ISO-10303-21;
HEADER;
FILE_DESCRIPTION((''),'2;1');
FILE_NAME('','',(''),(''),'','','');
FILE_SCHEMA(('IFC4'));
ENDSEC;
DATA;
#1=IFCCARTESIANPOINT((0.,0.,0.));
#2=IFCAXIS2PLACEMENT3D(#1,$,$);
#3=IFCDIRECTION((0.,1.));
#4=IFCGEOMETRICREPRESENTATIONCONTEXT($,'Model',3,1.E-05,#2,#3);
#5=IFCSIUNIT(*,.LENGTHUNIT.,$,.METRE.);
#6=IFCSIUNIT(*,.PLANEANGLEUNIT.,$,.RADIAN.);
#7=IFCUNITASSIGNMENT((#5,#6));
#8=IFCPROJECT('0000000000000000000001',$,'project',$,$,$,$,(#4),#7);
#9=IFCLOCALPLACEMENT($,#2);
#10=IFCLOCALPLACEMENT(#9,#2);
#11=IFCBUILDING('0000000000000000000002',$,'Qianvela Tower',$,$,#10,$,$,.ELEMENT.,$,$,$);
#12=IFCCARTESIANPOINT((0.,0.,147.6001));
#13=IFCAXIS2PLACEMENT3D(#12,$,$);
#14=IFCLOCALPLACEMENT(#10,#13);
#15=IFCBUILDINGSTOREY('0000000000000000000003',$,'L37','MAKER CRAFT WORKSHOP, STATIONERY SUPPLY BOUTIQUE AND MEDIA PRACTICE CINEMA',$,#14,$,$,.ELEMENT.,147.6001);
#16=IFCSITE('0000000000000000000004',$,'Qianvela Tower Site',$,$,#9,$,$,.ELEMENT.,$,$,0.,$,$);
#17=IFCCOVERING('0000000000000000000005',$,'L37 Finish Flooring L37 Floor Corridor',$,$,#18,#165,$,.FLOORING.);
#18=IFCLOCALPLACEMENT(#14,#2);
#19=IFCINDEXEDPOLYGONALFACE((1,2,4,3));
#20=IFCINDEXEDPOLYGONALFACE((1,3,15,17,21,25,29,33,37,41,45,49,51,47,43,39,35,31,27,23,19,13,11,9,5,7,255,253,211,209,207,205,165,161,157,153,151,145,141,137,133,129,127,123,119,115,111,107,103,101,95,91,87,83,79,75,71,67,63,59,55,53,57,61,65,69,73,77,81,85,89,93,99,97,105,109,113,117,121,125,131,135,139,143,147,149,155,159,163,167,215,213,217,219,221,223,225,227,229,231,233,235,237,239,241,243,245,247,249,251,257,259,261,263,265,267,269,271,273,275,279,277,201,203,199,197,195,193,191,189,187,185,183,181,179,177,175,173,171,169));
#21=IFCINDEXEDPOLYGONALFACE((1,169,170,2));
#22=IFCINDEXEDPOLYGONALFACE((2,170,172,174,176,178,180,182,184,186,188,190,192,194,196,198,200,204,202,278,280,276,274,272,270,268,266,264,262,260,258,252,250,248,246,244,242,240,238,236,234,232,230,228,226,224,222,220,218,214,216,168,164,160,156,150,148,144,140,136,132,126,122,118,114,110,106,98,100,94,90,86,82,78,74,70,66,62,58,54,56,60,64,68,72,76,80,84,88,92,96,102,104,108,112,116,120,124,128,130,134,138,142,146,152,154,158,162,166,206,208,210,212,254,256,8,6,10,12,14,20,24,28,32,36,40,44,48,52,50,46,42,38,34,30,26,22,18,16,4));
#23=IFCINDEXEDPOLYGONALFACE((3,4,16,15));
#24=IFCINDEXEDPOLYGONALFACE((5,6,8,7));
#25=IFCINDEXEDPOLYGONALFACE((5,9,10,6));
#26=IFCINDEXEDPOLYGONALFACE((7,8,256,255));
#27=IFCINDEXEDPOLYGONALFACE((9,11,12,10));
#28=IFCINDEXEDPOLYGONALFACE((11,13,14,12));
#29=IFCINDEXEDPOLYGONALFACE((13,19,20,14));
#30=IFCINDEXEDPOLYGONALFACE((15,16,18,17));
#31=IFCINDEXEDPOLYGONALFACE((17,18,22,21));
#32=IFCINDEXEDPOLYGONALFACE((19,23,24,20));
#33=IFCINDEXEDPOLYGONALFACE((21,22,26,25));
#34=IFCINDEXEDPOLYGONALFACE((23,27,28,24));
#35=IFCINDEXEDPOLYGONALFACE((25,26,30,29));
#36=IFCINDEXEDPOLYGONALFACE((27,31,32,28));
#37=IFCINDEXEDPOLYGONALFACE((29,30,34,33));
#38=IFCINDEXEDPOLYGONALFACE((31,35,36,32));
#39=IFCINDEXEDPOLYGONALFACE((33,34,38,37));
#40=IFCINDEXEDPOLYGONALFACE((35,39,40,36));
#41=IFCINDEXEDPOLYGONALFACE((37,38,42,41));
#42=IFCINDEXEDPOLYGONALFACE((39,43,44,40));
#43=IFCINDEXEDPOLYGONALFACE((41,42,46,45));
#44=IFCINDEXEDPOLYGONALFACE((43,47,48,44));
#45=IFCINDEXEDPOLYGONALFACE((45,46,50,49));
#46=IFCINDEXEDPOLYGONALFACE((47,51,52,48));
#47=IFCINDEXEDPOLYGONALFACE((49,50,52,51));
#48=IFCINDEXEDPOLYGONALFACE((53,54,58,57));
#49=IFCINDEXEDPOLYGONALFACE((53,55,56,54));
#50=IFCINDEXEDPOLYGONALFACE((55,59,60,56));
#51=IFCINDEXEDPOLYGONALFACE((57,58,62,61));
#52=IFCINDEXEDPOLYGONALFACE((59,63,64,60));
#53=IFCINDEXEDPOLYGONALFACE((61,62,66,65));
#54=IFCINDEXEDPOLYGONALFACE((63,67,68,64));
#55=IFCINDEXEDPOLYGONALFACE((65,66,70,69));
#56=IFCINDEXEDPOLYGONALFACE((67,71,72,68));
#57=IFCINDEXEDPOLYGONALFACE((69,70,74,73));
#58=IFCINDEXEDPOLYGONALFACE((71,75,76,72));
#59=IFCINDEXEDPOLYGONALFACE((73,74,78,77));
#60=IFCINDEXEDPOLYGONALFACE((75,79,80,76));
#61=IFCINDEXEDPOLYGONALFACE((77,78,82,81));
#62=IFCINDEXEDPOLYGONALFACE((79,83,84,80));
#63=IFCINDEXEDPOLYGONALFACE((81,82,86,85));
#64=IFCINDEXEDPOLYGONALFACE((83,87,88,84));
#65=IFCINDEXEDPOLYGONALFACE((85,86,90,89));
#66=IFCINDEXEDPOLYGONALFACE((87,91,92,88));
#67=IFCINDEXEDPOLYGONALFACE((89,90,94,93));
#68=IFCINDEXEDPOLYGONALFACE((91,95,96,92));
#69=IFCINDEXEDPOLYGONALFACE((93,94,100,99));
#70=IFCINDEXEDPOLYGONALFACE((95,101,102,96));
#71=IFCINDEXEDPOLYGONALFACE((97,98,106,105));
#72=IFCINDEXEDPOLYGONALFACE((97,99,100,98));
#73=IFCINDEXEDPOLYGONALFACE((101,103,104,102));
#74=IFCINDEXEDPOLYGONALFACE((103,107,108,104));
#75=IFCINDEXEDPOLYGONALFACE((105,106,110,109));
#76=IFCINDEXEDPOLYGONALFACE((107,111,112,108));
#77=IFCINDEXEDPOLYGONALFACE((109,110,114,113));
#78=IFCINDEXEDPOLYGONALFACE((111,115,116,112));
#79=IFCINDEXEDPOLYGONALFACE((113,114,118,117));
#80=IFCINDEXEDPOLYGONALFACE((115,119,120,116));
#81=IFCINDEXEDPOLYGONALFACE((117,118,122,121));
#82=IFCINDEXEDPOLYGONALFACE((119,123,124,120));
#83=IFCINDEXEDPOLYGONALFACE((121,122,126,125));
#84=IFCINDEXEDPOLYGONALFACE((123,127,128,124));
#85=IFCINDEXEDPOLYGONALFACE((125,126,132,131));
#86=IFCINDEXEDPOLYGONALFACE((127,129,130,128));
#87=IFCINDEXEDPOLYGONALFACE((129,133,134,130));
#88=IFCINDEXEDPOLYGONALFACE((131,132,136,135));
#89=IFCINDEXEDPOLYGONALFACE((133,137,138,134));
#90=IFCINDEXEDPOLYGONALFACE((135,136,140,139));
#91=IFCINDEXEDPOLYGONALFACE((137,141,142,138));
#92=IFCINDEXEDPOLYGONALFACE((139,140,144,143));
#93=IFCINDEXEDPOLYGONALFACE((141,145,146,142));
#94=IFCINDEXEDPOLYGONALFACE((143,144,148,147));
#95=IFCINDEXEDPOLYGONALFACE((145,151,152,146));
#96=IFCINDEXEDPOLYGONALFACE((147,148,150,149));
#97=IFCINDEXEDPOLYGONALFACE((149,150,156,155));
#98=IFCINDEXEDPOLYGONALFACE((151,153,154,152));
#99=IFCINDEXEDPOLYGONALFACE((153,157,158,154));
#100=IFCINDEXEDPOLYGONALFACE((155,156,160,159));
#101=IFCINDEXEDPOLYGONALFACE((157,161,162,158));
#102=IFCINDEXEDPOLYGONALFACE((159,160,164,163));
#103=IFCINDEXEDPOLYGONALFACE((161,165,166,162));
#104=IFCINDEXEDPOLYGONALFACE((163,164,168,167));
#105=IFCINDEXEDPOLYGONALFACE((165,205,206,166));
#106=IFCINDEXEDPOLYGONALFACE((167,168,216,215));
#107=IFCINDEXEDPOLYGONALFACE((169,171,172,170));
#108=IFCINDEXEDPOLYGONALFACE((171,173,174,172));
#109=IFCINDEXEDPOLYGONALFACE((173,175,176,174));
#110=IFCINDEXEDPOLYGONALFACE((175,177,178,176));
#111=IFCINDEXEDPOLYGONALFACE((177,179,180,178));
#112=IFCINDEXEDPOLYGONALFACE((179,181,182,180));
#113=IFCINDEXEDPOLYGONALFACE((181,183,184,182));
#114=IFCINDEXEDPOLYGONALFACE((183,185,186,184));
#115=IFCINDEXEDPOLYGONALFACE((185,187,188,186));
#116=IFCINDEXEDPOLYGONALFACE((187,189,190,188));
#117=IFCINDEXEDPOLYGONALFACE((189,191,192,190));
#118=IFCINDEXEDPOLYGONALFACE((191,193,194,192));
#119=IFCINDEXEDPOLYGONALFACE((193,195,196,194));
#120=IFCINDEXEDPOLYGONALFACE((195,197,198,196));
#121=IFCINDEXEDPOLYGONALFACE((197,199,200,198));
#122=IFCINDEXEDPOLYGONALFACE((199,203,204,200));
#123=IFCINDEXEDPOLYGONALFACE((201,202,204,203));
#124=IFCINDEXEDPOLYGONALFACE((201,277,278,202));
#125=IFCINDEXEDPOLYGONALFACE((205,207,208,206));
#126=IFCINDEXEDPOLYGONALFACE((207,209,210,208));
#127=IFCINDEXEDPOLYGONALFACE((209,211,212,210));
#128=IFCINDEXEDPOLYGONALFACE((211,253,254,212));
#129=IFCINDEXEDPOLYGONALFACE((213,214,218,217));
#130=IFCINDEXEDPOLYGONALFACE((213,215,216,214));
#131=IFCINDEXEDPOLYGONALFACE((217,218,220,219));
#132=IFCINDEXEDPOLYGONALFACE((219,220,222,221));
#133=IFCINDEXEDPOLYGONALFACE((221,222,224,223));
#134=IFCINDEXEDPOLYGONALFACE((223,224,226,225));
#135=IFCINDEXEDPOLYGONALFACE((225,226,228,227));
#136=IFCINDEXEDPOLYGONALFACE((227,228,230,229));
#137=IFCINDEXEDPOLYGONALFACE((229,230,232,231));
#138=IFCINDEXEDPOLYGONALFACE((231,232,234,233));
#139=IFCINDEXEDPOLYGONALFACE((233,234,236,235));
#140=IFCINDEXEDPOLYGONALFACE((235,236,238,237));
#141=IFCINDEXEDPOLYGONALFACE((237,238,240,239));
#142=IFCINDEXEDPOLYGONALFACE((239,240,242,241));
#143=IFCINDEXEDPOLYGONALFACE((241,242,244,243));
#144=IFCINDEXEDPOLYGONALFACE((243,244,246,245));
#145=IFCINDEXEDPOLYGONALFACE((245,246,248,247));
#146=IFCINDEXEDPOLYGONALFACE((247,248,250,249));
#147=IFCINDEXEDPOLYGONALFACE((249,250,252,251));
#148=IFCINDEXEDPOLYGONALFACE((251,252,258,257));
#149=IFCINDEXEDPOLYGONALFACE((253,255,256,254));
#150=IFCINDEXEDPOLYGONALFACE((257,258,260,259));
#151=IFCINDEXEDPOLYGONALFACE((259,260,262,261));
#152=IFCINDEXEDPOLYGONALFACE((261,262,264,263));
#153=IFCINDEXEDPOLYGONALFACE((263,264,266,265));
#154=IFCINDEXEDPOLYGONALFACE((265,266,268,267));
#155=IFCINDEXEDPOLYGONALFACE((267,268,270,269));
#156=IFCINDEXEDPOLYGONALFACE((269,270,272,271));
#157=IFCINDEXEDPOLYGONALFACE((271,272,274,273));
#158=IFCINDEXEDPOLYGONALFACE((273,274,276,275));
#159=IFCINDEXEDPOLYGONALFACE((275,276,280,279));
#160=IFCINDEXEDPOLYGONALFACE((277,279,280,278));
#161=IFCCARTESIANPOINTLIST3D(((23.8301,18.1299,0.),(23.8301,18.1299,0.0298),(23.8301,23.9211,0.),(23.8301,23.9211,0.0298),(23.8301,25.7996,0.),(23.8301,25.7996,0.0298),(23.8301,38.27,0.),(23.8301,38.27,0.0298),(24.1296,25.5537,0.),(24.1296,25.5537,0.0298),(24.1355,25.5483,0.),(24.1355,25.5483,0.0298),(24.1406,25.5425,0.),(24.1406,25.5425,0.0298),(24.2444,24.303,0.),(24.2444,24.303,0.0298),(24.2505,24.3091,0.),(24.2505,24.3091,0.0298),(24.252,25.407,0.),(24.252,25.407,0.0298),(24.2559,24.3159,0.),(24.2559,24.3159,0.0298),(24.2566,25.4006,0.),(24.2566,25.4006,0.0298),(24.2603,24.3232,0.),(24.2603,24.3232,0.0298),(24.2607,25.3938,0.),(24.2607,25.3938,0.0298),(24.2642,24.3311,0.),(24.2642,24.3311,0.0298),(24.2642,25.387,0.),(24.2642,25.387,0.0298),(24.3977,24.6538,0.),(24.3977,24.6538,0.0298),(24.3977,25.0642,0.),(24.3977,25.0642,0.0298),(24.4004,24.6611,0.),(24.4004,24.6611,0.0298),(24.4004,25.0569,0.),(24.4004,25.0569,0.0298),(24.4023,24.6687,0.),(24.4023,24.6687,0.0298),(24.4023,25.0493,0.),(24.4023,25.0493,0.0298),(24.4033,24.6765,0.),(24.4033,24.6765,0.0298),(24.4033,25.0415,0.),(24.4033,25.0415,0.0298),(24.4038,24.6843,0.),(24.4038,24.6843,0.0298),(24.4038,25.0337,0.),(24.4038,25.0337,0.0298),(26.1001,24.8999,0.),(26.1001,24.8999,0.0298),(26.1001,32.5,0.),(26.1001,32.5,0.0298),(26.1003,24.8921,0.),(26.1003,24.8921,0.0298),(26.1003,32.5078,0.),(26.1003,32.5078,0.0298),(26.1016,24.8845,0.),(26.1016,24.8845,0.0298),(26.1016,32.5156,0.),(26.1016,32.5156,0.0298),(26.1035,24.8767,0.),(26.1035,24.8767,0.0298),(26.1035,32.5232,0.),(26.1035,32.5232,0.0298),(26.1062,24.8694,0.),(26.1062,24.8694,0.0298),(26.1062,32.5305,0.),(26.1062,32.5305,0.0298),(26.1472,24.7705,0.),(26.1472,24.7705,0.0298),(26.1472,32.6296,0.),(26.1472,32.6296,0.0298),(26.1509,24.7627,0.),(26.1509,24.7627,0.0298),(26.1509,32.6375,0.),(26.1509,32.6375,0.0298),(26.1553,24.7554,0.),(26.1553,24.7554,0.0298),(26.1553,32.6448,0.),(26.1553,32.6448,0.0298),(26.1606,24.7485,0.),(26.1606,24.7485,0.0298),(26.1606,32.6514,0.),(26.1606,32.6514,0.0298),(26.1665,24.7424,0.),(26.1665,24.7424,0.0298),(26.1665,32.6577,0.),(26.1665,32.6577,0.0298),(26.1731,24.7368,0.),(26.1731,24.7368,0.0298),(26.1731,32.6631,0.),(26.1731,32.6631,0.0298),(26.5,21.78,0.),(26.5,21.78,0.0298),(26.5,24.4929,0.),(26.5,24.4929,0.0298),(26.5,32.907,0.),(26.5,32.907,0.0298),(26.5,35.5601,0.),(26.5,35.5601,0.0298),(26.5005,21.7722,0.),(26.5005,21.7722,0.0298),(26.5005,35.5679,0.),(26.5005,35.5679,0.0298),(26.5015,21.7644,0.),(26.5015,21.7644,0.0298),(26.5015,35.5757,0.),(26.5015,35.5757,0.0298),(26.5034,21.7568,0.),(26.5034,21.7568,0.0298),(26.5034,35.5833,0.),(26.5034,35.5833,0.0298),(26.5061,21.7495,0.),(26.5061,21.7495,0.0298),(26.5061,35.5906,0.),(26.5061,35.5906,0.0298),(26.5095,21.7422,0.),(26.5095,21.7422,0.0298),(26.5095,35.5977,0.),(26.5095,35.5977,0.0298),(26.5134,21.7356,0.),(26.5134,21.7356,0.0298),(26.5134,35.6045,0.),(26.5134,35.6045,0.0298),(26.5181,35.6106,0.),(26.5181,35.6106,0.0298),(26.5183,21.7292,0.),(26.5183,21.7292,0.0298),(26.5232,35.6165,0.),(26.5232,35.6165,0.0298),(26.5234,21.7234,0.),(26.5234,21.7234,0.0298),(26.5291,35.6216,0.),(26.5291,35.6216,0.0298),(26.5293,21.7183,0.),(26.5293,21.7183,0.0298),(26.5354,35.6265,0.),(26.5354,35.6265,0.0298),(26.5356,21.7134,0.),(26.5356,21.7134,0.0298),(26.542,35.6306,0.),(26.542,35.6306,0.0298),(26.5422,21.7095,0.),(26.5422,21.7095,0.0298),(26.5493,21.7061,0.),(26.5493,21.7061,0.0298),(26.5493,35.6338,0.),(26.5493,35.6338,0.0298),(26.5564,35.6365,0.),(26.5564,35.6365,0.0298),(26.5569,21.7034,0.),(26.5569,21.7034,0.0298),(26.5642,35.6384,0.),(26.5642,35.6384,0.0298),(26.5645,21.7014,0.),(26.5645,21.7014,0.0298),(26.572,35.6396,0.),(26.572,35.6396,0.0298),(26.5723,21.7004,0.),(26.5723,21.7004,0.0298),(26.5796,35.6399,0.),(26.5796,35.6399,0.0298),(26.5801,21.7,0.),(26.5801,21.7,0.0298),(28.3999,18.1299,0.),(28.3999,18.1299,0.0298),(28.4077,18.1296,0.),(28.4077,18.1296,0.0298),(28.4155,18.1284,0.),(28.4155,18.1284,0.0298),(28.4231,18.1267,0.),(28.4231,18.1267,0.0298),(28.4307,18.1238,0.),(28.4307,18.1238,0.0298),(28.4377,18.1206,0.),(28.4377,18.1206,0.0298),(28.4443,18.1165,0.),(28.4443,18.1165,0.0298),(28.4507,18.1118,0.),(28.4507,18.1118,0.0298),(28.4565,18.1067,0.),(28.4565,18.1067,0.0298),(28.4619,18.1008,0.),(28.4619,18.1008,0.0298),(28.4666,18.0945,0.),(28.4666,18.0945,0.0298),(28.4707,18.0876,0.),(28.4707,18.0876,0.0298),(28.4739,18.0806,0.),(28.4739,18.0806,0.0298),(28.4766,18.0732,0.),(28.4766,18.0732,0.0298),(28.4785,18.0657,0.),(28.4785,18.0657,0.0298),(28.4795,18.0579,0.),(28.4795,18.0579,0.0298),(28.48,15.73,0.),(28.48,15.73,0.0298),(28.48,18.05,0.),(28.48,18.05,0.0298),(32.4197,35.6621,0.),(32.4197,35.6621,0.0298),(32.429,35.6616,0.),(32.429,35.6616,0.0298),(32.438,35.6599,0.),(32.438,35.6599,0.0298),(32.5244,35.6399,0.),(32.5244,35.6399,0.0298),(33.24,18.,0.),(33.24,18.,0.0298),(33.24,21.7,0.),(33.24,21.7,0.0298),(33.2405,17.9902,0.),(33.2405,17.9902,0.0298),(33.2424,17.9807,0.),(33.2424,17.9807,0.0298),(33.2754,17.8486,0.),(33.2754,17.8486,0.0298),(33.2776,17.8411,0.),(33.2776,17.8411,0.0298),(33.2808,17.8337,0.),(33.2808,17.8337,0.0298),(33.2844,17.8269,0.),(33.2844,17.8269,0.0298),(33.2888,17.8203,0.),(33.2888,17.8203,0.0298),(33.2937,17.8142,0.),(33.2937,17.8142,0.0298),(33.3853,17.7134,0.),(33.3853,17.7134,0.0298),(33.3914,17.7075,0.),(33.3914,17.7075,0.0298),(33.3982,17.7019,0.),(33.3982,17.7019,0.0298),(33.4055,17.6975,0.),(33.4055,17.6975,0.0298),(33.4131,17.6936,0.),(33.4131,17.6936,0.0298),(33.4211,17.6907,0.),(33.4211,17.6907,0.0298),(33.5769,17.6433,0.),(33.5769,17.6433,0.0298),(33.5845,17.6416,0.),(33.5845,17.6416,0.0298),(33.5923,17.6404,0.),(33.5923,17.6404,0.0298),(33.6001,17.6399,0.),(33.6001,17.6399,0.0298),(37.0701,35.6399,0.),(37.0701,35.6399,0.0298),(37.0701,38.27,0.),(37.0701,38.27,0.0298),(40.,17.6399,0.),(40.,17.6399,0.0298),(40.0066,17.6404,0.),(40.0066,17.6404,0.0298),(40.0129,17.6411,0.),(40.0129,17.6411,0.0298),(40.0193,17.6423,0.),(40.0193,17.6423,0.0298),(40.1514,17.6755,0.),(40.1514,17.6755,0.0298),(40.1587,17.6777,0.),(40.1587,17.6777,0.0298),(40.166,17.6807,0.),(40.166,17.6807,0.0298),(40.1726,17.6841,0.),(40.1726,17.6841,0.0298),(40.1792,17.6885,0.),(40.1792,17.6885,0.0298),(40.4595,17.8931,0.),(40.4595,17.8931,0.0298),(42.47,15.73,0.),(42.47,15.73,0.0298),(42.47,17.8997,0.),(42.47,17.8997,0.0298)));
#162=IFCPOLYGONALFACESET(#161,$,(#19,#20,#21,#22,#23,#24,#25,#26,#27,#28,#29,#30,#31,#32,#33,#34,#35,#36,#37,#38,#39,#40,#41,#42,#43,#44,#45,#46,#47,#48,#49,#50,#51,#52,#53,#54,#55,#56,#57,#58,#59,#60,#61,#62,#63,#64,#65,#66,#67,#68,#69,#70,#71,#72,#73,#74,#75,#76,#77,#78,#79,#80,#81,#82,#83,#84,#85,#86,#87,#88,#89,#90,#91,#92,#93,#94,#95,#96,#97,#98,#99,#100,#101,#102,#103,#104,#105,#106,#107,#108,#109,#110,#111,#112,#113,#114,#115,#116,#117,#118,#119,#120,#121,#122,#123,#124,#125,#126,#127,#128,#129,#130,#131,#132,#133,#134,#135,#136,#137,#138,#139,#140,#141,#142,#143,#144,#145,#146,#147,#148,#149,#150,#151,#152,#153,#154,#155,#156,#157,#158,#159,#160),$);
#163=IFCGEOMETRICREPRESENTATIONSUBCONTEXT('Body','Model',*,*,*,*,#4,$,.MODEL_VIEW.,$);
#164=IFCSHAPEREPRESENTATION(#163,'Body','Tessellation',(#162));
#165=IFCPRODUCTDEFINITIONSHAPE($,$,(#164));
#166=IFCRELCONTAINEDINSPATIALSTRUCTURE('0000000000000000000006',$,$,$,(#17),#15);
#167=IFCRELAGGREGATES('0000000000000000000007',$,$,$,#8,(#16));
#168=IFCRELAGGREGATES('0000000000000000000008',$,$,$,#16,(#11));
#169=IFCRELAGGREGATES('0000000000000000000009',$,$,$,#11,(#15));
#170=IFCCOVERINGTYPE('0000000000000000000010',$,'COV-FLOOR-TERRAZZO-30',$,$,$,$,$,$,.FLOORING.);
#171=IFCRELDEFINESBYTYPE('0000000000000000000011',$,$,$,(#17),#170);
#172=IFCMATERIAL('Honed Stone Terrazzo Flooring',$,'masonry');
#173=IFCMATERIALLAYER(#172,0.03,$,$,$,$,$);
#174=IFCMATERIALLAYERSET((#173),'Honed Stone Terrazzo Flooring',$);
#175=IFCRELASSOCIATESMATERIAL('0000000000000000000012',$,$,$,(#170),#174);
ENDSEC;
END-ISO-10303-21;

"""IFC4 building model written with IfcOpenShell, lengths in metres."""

from ifc_helpers import new_model, si_unit, direction, frame, origin, place, context, subcontext, project, spatial, polyline, outline, extrude, material, layer, layer_set, type_object, element, save


model = new_model("IFC4")

# Units and contexts
model_context = context("Model", 3, precision=1e-05, world=origin(), true_north=direction((0.0, 1.0)))
body_context = subcontext(model_context, "Body", "Model", "MODEL_VIEW")
ifc_project = project(units=[si_unit("LENGTHUNIT", "METRE"), si_unit("PLANEANGLEUNIT", "RADIAN")], contexts=[model_context])

# Site, building, storey
site_placement = place(None, origin())
site = spatial("IfcSite", under=ifc_project, at=site_placement, Name="Qianvela Tower Site", CompositionType="ELEMENT", RefElevation=0.0)
building_placement = place(site_placement, origin())
building = spatial("IfcBuilding", under=site, at=building_placement, Name="Qianvela Tower", CompositionType="ELEMENT")
storey_placement = place(building_placement, frame((0.0, 0.0, 147.6001)))
storey = spatial("IfcBuildingStorey", under=building, at=storey_placement, Name="L37", Description="MAKER CRAFT WORKSHOP, STATIONERY SUPPLY BOUTIQUE AND MEDIA PRACTICE CINEMA", CompositionType="ELEMENT", Elevation=147.6001)

# Covering
ifc_material_1 = material(Name="Honed Stone Terrazzo Flooring", Category="masonry")
ifc_layer_1 = layer(ifc_material_1, 0.03)
ifc_layer_set_1 = layer_set([ifc_layer_1], Name="Honed Stone Terrazzo Flooring")
covering_type_1 = type_object("IfcCoveringType", Name="COV-FLOOR-TERRAZZO-30", PredefinedType="FLOORING", material=ifc_layer_set_1)
covering_1_placement = place(storey_placement, origin())
element("IfcCovering", 1, at=covering_1_placement, inside=storey, type_object=covering_type_1, Name="L37 Finish Flooring L37 Floor Corridor", PredefinedType="FLOORING", context=body_context, shape_type="SweptSolid", body=[
    extrude(outline(polyline([(24.4038, 25.0337), (24.4033, 25.0415), (24.4023, 25.0493), (24.4004, 25.0569), (24.3977, 25.0642), (24.2642, 25.387), (24.2607, 25.3938), (24.2566, 25.4006), (24.252, 25.407), (24.1406, 25.5425), (24.1355, 25.5483), (24.1296, 25.5537), (23.8301, 25.7996), (23.8301, 38.27), (37.0701, 38.27), (37.0701, 35.6399), (32.5244, 35.6399), (32.438, 35.6599), (32.429, 35.6616), (32.4197, 35.6621), (26.5796, 35.6399), (26.572, 35.6396), (26.5642, 35.6384), (26.5564, 35.6365), (26.5493, 35.6338), (26.542, 35.6306), (26.5354, 35.6265), (26.5291, 35.6216), (26.5232, 35.6165), (26.5181, 35.6106), (26.5134, 35.6045), (26.5095, 35.5977), (26.5061, 35.5906), (26.5034, 35.5833), (26.5015, 35.5757), (26.5005, 35.5679), (26.5, 35.5601), (26.5, 32.907), (26.1731, 32.6631), (26.1665, 32.6577), (26.1606, 32.6514), (26.1553, 32.6448), (26.1509, 32.6375), (26.1472, 32.6296), (26.1062, 32.5305), (26.1035, 32.5232), (26.1016, 32.5156), (26.1003, 32.5078), (26.1001, 32.5), (26.1001, 24.8999), (26.1003, 24.8921), (26.1016, 24.8845), (26.1035, 24.8767), (26.1062, 24.8694), (26.1472, 24.7705), (26.1509, 24.7627), (26.1553, 24.7554), (26.1606, 24.7485), (26.1665, 24.7424), (26.1731, 24.7368), (26.5, 24.4929), (26.5, 21.78), (26.5005, 21.7722), (26.5015, 21.7644), (26.5034, 21.7568), (26.5061, 21.7495), (26.5095, 21.7422), (26.5134, 21.7356), (26.5183, 21.7292), (26.5234, 21.7234), (26.5293, 21.7183), (26.5356, 21.7134), (26.5422, 21.7095), (26.5493, 21.7061), (26.5569, 21.7034), (26.5645, 21.7014), (26.5723, 21.7004), (26.5801, 21.7), (33.24, 21.7), (33.24, 18.0), (33.2405, 17.9902), (33.2424, 17.9807), (33.2754, 17.8486), (33.2776, 17.8411), (33.2808, 17.8337), (33.2844, 17.8269), (33.2888, 17.8203), (33.2937, 17.8142), (33.3853, 17.7134), (33.3914, 17.7075), (33.3982, 17.7019), (33.4055, 17.6975), (33.4131, 17.6936), (33.4211, 17.6907), (33.5769, 17.6433), (33.5845, 17.6416), (33.5923, 17.6404), (33.6001, 17.6399), (40.0, 17.6399), (40.0066, 17.6404), (40.0129, 17.6411), (40.0193, 17.6423), (40.1514, 17.6755), (40.1587, 17.6777), (40.166, 17.6807), (40.1726, 17.6841), (40.1792, 17.6885), (40.4595, 17.8931), (42.47, 17.8997), (42.47, 15.73), (28.48, 15.73), (28.48, 18.05), (28.4795, 18.0579), (28.4785, 18.0657), (28.4766, 18.0732), (28.4739, 18.0806), (28.4707, 18.0876), (28.4666, 18.0945), (28.4619, 18.1008), (28.4565, 18.1067), (28.4507, 18.1118), (28.4443, 18.1165), (28.4377, 18.1206), (28.4307, 18.1238), (28.4231, 18.1267), (28.4155, 18.1284), (28.4077, 18.1296), (28.3999, 18.1299), (23.8301, 18.1299), (23.8301, 23.9211), (24.2444, 24.303), (24.2505, 24.3091), (24.2559, 24.3159), (24.2603, 24.3232), (24.2642, 24.3311), (24.3977, 24.6538), (24.4004, 24.6611), (24.4023, 24.6687), (24.4033, 24.6765), (24.4038, 24.6843), (24.4038, 25.0337)])), origin(), (0.0, 0.0, 1.0), 0.0298),
])

save(model, "model.ifc")
